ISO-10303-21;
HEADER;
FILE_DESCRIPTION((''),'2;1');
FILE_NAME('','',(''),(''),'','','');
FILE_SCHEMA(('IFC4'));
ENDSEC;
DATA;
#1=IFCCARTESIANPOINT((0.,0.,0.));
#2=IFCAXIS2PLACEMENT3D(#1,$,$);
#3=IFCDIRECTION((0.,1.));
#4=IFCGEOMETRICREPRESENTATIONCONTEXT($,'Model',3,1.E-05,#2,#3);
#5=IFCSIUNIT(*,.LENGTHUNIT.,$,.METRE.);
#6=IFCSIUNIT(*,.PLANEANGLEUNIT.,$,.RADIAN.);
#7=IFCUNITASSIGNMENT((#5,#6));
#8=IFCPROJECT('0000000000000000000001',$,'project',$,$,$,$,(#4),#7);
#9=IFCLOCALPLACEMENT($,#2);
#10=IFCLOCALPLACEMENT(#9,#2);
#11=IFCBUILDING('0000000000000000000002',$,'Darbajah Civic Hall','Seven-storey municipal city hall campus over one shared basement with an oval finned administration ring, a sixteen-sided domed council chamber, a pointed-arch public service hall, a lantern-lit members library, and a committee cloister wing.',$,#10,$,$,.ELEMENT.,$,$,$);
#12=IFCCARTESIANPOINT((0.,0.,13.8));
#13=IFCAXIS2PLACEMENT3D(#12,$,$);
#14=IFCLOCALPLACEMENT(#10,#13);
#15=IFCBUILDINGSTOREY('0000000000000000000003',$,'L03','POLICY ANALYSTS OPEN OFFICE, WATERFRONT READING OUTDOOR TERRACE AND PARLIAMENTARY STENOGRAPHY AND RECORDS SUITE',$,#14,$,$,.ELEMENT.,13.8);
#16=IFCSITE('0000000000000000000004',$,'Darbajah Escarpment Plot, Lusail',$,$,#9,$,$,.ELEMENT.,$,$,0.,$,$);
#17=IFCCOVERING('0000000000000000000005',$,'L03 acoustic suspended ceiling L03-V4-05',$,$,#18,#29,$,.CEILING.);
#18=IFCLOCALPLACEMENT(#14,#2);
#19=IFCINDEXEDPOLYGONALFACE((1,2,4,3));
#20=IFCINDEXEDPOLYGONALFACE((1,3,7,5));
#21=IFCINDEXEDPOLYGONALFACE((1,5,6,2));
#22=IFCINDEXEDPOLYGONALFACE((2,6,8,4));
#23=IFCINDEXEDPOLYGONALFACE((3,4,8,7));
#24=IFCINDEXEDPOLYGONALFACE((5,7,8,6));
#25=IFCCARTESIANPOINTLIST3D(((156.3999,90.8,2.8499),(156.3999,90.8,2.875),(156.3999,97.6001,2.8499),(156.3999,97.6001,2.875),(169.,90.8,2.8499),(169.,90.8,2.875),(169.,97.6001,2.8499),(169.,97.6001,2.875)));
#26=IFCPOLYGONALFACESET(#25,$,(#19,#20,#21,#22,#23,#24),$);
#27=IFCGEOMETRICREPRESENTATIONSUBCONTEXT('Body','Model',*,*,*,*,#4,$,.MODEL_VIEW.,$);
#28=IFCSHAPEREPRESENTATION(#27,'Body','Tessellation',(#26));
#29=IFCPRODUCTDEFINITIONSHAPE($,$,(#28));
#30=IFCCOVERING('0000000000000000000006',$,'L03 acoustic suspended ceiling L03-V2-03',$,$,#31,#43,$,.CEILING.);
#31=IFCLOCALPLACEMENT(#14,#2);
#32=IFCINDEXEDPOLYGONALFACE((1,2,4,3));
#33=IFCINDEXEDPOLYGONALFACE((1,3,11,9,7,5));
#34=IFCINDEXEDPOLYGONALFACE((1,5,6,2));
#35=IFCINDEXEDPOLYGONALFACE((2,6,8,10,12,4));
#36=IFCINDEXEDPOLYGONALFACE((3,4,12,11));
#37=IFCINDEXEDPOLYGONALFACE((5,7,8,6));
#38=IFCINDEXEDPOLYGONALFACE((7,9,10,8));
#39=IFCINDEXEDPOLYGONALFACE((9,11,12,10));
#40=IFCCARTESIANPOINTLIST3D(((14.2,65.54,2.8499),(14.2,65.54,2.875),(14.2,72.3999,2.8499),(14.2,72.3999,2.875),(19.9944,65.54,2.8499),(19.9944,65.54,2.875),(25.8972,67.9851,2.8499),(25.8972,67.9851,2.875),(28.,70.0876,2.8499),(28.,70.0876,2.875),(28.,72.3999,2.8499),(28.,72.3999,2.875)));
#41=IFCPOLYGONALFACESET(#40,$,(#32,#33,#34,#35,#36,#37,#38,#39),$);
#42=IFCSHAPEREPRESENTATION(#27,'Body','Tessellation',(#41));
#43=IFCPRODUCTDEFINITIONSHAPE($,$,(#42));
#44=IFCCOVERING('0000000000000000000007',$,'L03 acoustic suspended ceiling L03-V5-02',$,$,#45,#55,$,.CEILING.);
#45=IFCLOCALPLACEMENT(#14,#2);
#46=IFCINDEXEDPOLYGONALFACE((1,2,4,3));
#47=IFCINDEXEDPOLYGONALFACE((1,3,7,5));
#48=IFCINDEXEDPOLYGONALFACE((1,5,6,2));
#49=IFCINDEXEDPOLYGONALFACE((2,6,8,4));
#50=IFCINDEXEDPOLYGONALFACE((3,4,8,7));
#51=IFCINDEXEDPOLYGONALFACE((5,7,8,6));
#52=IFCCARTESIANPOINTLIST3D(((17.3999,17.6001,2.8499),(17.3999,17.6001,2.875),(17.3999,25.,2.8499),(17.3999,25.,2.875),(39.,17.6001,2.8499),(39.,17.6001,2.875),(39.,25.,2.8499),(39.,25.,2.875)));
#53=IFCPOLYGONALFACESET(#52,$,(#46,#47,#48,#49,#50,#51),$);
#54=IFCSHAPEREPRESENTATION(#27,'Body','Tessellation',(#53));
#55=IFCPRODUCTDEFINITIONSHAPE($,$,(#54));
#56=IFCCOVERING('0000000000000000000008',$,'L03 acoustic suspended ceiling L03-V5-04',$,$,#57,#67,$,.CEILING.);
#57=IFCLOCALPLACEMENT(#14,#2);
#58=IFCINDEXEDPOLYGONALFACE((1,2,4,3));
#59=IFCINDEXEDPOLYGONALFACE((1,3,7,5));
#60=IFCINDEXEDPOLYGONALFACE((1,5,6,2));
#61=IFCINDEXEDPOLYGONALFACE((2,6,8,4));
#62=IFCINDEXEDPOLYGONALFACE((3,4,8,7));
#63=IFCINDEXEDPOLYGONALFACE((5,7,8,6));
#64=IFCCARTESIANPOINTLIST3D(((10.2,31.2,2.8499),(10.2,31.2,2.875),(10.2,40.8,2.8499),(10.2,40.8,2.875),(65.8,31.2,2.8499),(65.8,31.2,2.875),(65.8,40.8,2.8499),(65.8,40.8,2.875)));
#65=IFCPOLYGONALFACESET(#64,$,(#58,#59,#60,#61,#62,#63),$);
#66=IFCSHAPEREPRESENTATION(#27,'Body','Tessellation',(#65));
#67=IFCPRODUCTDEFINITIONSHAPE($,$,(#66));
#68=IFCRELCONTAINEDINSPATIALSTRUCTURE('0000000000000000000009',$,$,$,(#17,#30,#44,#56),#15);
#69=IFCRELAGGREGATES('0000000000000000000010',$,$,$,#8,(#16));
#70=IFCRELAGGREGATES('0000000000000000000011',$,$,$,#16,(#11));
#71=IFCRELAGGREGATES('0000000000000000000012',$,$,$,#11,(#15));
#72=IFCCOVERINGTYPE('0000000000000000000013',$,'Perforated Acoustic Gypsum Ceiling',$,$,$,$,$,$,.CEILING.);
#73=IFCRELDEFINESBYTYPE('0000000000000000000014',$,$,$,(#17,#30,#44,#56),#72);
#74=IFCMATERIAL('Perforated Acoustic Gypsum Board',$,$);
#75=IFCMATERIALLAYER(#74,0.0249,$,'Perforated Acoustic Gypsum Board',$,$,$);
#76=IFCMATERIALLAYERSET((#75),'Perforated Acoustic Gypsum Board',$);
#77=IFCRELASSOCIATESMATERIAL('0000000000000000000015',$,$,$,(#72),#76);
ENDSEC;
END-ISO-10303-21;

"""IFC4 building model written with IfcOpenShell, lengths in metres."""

from ifc_helpers import new_model, si_unit, direction, frame, origin, place, context, subcontext, project, spatial, polyline, outline, extrude, material, layer, layer_set, type_object, element, save


model = new_model("IFC4")

# Units and contexts
model_context = context("Model", 3, precision=1e-05, world=origin(), true_north=direction((0.0, 1.0)))
body_context = subcontext(model_context, "Body", "Model", "MODEL_VIEW")
ifc_project = project(units=[si_unit("LENGTHUNIT", "METRE"), si_unit("PLANEANGLEUNIT", "RADIAN")], contexts=[model_context])

# Site, building, storey
site_placement = place(None, origin())
site = spatial("IfcSite", under=ifc_project, at=site_placement, Name="Darbajah Escarpment Plot, Lusail", CompositionType="ELEMENT", RefElevation=0.0)
building_placement = place(site_placement, origin())
building = spatial("IfcBuilding", under=site, at=building_placement, Name="Darbajah Civic Hall", Description="Seven-storey municipal city hall campus over one shared basement with an oval finned administration ring, a sixteen-sided domed council chamber, a pointed-arch public service hall, a lantern-lit members library, and a committee cloister wing.", CompositionType="ELEMENT")
storey_placement = place(building_placement, frame((0.0, 0.0, 13.8)))
storey = spatial("IfcBuildingStorey", under=building, at=storey_placement, Name="L03", Description="POLICY ANALYSTS OPEN OFFICE, WATERFRONT READING OUTDOOR TERRACE AND PARLIAMENTARY STENOGRAPHY AND RECORDS SUITE", CompositionType="ELEMENT", Elevation=13.8)

# Coverings
ifc_material_1 = material(Name="Perforated Acoustic Gypsum Board")
ifc_layer_1 = layer(ifc_material_1, 0.0249, Name="Perforated Acoustic Gypsum Board")
ifc_layer_set_1 = layer_set([ifc_layer_1], Name="Perforated Acoustic Gypsum Board")
covering_type_1 = type_object("IfcCoveringType", Name="Perforated Acoustic Gypsum Ceiling", PredefinedType="CEILING", material=ifc_layer_set_1)
covering_1_placement = place(storey_placement, frame((0.0, 0.0, 2.8499)))
element("IfcCovering", 1, at=covering_1_placement, inside=storey, type_object=covering_type_1, Name="L03 acoustic suspended ceiling L03-V4-05", PredefinedType="CEILING", context=body_context, shape_type="SweptSolid", body=[
    extrude(outline(polyline([(156.3999, 90.8), (169.0, 90.8), (169.0, 97.6001), (156.3999, 97.6001), (156.3999, 90.8)])), origin(), (0.0, 0.0, 1.0), 0.0251),
])
covering_2_placement = place(storey_placement, frame((0.0, 0.0, 2.8499)))
element("IfcCovering", 2, at=covering_2_placement, inside=storey, type_object=covering_type_1, Name="L03 acoustic suspended ceiling L03-V2-03", PredefinedType="CEILING", context=body_context, shape_type="SweptSolid", body=[
    extrude(outline(polyline([(14.2, 72.3999), (28.0, 72.3999), (28.0, 70.0876), (25.8972, 67.9851), (19.9944, 65.54), (14.2, 65.54), (14.2, 72.3999)])), origin(), (0.0, 0.0, 1.0), 0.0251),
])
covering_3_placement = place(storey_placement, frame((0.0, 0.0, 2.8499)))
element("IfcCovering", 3, at=covering_3_placement, inside=storey, type_object=covering_type_1, Name="L03 acoustic suspended ceiling L03-V5-02", PredefinedType="CEILING", context=body_context, shape_type="SweptSolid", body=[
    extrude(outline(polyline([(17.3999, 17.6001), (39.0, 17.6001), (39.0, 25.0), (17.3999, 25.0), (17.3999, 17.6001)])), origin(), (0.0, 0.0, 1.0), 0.0251),
])
covering_4_placement = place(storey_placement, frame((0.0, 0.0, 2.8499)))
element("IfcCovering", 4, at=covering_4_placement, inside=storey, type_object=covering_type_1, Name="L03 acoustic suspended ceiling L03-V5-04", PredefinedType="CEILING", context=body_context, shape_type="SweptSolid", body=[
    extrude(outline(polyline([(10.2, 31.2), (65.8, 31.2), (65.8, 40.8), (10.2, 40.8), (10.2, 31.2)])), origin(), (0.0, 0.0, 1.0), 0.0251),
])

save(model, "model.ifc")
